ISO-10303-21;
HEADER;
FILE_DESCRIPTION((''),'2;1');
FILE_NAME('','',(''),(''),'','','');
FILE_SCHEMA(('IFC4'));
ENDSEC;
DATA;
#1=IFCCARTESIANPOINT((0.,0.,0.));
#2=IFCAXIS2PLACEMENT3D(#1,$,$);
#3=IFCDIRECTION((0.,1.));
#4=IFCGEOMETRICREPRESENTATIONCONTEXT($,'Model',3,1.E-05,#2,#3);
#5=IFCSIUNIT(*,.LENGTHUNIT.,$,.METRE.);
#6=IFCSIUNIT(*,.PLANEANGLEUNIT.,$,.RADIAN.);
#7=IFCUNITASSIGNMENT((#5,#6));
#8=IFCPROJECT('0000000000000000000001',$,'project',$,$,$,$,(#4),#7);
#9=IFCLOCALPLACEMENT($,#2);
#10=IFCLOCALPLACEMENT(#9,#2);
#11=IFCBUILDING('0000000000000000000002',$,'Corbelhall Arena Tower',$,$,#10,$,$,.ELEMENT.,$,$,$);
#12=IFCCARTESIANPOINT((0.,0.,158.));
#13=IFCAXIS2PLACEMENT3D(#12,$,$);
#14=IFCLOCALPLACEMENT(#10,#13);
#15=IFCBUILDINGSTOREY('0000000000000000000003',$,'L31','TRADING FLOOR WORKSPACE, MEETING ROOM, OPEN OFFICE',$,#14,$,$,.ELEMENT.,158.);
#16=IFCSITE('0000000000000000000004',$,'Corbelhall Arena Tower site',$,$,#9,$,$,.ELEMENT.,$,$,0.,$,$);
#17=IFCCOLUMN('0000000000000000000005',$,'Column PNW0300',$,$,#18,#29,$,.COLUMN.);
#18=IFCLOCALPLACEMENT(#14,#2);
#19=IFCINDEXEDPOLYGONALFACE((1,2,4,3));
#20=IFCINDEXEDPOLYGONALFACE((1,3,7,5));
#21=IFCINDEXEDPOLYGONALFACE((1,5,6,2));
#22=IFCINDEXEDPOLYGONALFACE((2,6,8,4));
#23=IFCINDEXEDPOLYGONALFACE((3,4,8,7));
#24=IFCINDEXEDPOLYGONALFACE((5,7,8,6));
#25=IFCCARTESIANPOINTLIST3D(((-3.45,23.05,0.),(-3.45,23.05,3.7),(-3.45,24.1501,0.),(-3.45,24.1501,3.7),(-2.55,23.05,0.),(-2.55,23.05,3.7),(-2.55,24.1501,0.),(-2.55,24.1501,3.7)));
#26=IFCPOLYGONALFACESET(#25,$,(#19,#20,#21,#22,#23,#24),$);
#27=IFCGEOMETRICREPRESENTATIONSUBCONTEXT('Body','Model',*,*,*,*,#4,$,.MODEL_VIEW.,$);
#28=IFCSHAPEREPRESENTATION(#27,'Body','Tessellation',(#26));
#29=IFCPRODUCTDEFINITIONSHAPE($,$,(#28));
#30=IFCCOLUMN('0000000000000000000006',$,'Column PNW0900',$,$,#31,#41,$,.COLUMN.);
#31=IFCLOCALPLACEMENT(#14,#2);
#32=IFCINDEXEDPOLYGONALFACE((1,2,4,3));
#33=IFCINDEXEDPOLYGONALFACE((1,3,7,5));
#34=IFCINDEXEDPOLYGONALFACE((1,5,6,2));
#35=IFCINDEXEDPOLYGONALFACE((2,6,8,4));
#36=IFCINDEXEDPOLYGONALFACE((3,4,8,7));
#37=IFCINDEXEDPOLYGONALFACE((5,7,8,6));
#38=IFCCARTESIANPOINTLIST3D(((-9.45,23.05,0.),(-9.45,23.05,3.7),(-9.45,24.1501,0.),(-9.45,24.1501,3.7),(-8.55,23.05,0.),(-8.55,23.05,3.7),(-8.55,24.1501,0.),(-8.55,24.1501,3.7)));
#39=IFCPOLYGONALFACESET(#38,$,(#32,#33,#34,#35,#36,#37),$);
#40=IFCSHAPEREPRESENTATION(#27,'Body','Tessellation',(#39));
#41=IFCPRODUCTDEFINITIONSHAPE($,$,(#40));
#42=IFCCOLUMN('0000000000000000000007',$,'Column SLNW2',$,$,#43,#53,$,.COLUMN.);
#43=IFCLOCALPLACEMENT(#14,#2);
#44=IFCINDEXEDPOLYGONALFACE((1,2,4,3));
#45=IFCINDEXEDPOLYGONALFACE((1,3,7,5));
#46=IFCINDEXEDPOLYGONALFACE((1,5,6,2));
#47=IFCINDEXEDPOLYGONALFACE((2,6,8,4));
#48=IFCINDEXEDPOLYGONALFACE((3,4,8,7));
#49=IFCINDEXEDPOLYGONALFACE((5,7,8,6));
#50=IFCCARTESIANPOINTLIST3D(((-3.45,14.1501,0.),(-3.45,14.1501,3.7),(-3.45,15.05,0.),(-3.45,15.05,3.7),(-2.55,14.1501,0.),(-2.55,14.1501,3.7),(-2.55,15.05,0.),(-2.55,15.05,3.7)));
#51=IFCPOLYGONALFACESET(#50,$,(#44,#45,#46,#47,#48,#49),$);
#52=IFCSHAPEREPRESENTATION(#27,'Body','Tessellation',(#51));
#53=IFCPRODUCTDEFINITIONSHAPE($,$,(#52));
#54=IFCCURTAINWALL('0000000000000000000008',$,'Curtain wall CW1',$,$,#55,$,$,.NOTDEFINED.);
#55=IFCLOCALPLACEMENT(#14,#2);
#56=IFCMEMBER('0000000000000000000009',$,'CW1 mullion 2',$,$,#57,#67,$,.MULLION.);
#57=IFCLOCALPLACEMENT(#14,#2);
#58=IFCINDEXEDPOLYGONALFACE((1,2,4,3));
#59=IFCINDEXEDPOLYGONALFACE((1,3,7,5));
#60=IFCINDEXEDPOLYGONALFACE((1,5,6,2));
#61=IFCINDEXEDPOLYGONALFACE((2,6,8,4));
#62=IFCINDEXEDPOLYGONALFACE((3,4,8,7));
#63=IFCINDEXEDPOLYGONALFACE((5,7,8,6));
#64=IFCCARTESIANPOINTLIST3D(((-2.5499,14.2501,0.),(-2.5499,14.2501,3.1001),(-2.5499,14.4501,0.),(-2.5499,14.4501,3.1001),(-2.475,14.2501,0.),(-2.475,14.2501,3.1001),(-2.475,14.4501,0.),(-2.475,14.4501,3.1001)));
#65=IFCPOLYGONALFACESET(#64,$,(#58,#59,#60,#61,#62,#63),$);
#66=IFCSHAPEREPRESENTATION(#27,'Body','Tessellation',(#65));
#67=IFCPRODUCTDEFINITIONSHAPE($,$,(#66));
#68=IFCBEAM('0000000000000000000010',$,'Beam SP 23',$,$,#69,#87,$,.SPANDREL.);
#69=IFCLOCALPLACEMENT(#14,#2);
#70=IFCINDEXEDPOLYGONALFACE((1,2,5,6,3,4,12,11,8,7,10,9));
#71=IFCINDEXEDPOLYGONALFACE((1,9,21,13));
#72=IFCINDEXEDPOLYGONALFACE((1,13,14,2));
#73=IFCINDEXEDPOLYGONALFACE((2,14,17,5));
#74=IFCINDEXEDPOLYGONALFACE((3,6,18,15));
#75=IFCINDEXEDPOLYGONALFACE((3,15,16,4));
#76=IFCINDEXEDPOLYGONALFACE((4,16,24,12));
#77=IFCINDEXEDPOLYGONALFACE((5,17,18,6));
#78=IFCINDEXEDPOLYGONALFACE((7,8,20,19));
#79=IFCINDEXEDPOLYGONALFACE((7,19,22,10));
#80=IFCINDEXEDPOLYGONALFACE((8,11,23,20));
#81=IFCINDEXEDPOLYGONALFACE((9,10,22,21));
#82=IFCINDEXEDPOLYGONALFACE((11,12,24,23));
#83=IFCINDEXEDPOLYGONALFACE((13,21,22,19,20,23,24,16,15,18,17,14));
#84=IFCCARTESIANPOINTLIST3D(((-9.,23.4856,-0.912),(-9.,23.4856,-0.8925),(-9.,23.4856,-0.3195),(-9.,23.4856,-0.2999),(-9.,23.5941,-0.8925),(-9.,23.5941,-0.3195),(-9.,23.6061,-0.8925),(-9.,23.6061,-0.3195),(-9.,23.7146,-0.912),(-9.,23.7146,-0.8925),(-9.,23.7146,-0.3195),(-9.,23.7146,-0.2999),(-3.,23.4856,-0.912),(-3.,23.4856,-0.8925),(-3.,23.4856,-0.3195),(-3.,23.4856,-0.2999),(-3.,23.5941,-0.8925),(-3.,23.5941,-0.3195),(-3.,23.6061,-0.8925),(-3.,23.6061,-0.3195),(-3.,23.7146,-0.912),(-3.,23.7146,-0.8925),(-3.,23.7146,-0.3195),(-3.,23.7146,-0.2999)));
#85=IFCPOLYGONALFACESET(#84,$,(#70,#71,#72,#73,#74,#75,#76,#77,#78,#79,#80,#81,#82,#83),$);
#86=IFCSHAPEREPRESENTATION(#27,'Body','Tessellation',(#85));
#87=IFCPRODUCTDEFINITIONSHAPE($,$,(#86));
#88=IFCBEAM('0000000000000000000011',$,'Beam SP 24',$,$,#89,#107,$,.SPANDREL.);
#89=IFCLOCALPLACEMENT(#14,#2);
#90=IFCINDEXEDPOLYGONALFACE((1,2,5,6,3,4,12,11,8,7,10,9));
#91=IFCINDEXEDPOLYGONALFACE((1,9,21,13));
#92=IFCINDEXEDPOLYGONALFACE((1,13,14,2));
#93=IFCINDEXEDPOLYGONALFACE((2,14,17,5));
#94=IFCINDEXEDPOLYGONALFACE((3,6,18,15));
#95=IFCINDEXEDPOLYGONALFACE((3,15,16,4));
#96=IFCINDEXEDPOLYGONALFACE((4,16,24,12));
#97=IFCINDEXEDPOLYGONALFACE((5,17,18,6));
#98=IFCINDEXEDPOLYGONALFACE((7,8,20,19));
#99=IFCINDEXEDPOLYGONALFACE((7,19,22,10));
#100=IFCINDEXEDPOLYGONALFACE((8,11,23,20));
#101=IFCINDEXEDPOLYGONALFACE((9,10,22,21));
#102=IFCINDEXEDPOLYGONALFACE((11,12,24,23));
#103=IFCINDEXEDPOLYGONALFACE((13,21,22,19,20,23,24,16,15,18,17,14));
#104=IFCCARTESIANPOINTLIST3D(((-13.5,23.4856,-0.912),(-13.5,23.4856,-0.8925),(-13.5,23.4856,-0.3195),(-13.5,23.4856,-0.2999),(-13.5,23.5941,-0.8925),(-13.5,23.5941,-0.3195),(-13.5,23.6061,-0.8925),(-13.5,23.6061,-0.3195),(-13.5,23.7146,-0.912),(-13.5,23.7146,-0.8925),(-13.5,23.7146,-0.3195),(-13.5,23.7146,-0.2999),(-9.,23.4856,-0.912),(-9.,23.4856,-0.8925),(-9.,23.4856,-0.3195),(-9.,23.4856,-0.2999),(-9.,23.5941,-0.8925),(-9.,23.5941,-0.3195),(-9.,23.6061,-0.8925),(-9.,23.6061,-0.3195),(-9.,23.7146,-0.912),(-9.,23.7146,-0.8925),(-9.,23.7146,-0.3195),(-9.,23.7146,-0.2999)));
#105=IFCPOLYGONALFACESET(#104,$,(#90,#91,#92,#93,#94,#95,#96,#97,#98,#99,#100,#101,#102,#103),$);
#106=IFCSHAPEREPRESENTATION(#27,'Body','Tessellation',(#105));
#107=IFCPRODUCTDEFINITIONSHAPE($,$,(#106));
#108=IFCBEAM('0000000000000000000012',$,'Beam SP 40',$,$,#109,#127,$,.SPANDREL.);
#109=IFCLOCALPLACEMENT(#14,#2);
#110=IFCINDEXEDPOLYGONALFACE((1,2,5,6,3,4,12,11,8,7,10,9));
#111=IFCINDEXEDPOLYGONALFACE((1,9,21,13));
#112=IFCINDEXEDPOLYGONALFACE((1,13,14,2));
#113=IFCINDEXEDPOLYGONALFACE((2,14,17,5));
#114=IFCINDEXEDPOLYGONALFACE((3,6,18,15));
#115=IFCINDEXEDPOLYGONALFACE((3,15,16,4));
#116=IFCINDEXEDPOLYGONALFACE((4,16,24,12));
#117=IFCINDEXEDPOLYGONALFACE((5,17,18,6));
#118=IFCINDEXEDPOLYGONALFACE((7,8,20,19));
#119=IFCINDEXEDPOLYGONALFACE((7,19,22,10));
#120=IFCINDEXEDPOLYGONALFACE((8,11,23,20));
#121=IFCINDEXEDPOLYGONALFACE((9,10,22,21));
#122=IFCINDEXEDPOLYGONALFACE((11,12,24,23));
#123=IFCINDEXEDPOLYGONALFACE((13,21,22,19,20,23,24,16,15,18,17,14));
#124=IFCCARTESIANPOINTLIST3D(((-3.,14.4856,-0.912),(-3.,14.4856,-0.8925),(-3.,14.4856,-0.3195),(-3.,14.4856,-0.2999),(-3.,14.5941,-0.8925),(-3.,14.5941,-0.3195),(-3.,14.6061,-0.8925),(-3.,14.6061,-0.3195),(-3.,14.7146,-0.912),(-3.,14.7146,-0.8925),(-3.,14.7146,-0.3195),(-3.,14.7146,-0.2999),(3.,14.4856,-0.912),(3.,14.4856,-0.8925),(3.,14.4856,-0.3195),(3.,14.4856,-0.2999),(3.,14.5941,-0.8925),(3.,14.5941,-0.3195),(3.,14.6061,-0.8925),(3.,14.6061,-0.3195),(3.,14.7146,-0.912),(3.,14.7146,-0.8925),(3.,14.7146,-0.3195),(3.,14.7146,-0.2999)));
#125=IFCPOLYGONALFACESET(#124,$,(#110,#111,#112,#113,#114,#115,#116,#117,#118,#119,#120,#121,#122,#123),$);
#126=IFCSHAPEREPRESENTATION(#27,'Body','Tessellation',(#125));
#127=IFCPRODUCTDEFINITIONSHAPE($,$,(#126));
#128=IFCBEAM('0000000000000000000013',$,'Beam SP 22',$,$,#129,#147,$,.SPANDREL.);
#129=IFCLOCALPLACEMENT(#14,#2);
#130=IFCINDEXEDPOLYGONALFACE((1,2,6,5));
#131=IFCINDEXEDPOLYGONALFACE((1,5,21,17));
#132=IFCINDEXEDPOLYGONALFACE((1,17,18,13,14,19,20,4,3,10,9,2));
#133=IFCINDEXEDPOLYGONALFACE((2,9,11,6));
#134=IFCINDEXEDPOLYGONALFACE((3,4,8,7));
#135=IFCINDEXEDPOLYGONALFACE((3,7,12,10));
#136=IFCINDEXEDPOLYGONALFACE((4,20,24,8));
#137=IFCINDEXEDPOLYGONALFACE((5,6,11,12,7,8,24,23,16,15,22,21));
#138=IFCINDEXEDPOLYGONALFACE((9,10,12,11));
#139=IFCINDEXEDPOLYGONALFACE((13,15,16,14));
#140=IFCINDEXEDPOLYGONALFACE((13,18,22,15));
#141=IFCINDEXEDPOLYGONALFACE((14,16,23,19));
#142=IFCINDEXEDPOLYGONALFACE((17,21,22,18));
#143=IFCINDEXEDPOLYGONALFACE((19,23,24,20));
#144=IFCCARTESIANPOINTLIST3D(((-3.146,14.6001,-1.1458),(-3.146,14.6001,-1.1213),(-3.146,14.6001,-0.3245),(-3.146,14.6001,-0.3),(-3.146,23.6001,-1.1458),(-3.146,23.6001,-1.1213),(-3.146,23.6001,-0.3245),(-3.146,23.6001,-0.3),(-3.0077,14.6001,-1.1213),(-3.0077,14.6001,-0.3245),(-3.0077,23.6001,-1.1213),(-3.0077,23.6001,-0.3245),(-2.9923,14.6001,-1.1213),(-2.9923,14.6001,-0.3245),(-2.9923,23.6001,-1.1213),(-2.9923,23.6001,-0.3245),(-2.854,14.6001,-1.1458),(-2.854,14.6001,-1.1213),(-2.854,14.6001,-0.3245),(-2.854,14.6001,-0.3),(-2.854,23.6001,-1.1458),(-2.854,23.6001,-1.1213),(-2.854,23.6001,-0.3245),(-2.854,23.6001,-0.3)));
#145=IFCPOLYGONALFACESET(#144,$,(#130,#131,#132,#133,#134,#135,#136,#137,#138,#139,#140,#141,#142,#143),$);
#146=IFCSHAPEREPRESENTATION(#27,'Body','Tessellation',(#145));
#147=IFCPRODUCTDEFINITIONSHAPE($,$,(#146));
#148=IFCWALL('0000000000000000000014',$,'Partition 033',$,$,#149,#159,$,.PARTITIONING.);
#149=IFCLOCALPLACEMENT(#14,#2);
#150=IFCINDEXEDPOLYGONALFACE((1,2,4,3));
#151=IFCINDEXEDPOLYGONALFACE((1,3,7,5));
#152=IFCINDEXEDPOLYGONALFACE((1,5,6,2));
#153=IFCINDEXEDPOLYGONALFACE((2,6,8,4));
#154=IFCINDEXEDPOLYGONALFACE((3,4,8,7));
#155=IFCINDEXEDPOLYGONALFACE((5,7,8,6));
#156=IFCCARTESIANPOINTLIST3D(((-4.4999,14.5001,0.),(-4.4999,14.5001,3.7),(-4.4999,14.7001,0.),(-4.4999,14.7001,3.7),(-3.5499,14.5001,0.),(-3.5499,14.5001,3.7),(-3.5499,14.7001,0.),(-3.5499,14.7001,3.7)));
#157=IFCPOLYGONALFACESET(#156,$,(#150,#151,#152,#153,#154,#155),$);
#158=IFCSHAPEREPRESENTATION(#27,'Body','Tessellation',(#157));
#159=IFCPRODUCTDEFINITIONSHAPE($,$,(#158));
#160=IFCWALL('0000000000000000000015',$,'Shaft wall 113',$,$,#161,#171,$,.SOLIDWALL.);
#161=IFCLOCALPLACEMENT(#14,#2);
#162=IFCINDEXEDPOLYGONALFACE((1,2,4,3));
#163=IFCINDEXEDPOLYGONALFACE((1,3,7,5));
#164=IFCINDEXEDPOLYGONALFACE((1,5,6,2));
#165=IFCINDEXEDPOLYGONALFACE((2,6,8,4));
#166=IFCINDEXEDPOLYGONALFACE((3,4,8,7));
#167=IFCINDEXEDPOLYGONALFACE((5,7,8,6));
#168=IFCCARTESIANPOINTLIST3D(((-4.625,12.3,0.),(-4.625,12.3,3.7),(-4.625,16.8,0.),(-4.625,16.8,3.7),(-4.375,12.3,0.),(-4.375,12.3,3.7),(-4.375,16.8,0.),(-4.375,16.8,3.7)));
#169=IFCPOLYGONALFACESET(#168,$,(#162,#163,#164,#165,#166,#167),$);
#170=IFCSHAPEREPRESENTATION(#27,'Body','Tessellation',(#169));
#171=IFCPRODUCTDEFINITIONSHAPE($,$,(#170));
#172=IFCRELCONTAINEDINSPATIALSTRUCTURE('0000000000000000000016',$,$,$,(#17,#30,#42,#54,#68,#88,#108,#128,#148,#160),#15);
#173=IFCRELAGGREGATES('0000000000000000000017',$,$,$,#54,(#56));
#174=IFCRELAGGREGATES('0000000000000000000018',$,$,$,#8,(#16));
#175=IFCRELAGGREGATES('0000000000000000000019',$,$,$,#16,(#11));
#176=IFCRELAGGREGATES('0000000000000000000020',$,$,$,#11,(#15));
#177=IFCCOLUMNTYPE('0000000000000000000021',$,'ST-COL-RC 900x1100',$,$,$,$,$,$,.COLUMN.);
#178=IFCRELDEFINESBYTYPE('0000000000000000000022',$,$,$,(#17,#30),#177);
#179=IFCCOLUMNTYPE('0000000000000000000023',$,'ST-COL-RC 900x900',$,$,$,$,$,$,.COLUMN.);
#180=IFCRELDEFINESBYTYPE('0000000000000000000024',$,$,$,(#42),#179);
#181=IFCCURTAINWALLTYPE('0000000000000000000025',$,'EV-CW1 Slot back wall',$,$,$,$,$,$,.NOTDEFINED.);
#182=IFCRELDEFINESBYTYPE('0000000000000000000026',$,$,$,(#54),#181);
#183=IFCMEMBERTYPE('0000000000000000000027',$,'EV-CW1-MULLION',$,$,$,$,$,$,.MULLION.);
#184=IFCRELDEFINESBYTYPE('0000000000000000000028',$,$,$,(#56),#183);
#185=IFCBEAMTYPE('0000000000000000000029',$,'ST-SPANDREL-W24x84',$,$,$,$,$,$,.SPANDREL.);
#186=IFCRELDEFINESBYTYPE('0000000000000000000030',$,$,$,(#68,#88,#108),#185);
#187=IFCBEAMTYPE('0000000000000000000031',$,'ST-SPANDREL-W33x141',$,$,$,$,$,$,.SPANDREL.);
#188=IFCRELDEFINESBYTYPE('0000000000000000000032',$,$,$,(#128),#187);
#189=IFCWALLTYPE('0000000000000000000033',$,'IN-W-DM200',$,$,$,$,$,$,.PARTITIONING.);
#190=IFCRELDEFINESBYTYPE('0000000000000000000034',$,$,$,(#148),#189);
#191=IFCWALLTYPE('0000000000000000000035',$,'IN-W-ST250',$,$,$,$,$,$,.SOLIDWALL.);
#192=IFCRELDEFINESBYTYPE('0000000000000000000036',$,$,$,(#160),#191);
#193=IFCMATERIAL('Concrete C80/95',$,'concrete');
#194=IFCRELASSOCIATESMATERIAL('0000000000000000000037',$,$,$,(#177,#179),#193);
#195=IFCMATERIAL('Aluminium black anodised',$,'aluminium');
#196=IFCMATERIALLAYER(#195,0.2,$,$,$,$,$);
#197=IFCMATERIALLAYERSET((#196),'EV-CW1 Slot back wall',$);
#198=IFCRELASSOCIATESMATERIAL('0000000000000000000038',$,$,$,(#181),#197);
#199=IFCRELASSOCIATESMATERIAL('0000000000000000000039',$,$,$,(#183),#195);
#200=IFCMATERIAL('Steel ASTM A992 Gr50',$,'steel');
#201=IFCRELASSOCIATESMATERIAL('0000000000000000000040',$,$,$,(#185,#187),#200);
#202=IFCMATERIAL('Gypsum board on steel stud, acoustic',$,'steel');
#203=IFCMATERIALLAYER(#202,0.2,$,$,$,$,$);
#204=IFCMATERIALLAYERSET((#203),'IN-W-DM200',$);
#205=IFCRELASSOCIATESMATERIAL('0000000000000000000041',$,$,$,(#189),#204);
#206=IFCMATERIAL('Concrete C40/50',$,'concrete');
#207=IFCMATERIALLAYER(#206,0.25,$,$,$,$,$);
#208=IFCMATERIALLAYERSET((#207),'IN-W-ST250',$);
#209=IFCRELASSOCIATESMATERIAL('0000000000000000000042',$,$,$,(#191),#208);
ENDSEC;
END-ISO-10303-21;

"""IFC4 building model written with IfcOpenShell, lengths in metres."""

from ifc_helpers import new_model, si_unit, direction, frame, frame_2d, origin, origin_2d, place, context, subcontext, project, spatial, rectangle, i_section, extrude, material, layer, layer_set, material_profile, profile_set, type_object, element, aggregate, save


model = new_model("IFC4")

# Units and contexts
model_context = context("Model", 3, precision=1e-05, world=origin(), true_north=direction((0.0, 1.0)))
body_context = subcontext(model_context, "Body", "Model", "MODEL_VIEW")
ifc_project = project(units=[si_unit("LENGTHUNIT", "METRE"), si_unit("PLANEANGLEUNIT", "RADIAN")], contexts=[model_context])

# Site, building, storey
site_placement = place(None, origin())
site = spatial("IfcSite", under=ifc_project, at=site_placement, Name="Corbelhall Arena Tower site", CompositionType="ELEMENT", RefElevation=0.0)
building_placement = place(site_placement, origin())
building = spatial("IfcBuilding", under=site, at=building_placement, Name="Corbelhall Arena Tower", CompositionType="ELEMENT")
storey_placement = place(building_placement, frame((0.0, 0.0, 158.0)))
storey = spatial("IfcBuildingStorey", under=building, at=storey_placement, Name="L31", Description="TRADING FLOOR WORKSPACE, MEETING ROOM, OPEN OFFICE", CompositionType="ELEMENT", Elevation=158.0)

# Columns
ifc_material_1 = material(Name="Concrete C80/95", Category="concrete")
ifc_material_profile_1 = material_profile(ifc_material_1, rectangle(XDim=0.8999, YDim=1.1001, at=origin_2d()))
ifc_profile_set_1 = profile_set([ifc_material_profile_1], Name="Concrete C80/95")
column_type_1 = type_object("IfcColumnType", Name="ST-COL-RC 900x1100", PredefinedType="COLUMN", material=ifc_profile_set_1)
for number, where, z_axis, x_axis, name in (
    (1, (-3.0, 23.6001, 0.0), (0.0, 0.0, 1.0), (1.0, 0.0, 0.0), "Column PNW0300"),
    (2, (-9.0, 23.6001, 0.0), (0.0, 0.0, 1.0), (1.0, 0.0, 0.0), "Column PNW0900"),
):
    element("IfcColumn", number, at=place(storey_placement, frame(where, z_axis=z_axis, x_axis=x_axis)), inside=storey, type_object=column_type_1, Name=name, PredefinedType="COLUMN", context=body_context, shape_type="SweptSolid", body=[
        extrude(rectangle(XDim=0.8999, YDim=1.1001, at=origin_2d()), origin(), (0.0, 0.0, 1.0), 3.7),
    ])
ifc_material_profile_2 = material_profile(ifc_material_1, rectangle(XDim=0.8999, YDim=0.8999, at=origin_2d()))
ifc_profile_set_2 = profile_set([ifc_material_profile_2], Name="Concrete C80/95")
column_type_2 = type_object("IfcColumnType", Name="ST-COL-RC 900x900", PredefinedType="COLUMN", material=ifc_profile_set_2)
column_placement = place(storey_placement, frame((-3.0, 14.6001, 0.0), z_axis=(0.0, 0.0, 1.0), x_axis=(1.0, 0.0, 0.0)))
element("IfcColumn", 3, at=column_placement, inside=storey, type_object=column_type_2, Name="Column SLNW2", PredefinedType="COLUMN", context=body_context, shape_type="SweptSolid", body=[
    extrude(rectangle(XDim=0.8999, YDim=0.8999, at=origin_2d()), origin(), (0.0, 0.0, 1.0), 3.7),
])

# Curtain wall, member
ifc_material_2 = material(Name="Aluminium black anodised", Category="aluminium")
ifc_layer_1 = layer(ifc_material_2, 0.2)
ifc_layer_set_1 = layer_set([ifc_layer_1], Name="EV-CW1 Slot back wall")
curtain_wall_type = type_object("IfcCurtainWallType", Name="EV-CW1 Slot back wall", PredefinedType="NOTDEFINED", material=ifc_layer_set_1)
curtain_wall_placement = place(storey_placement, origin())
curtain_wall = element("IfcCurtainWall", 4, at=curtain_wall_placement, inside=storey, type_object=curtain_wall_type, Name="Curtain wall CW1", PredefinedType="NOTDEFINED")
ifc_material_profile_3 = material_profile(ifc_material_2, rectangle(XDim=0.2, YDim=0.075, at=origin_2d()))
ifc_profile_set_3 = profile_set([ifc_material_profile_3], Name="Aluminium black anodised")
member_type = type_object("IfcMemberType", Name="EV-CW1-MULLION", PredefinedType="MULLION", material=ifc_profile_set_3)
member_placement = place(storey_placement, frame((-2.5125, 14.3501, 0.0), z_axis=(0.0, 0.0, 1.0), x_axis=(0.0, -1.0, 0.0)))
member = element("IfcMember", 5, at=member_placement, type_object=member_type, Name="CW1 mullion 2", PredefinedType="MULLION", context=body_context, shape_type="SweptSolid", body=[
    extrude(rectangle(XDim=0.2, YDim=0.075, at=origin_2d()), origin(), (0.0, 0.0, 1.0), 3.1001),
])
aggregate(curtain_wall, [member])

# Beams
ifc_material_3 = material(Name="Steel ASTM A992 Gr50", Category="steel")
ifc_material_profile_4 = material_profile(ifc_material_3, i_section(OverallWidth=0.229, OverallDepth=0.6121, WebThickness=0.012, FlangeThickness=0.0195, at=origin_2d()))
ifc_profile_set_4 = profile_set([ifc_material_profile_4], Name="Steel ASTM A992 Gr50")
beam_type_1 = type_object("IfcBeamType", Name="ST-SPANDREL-W24x84", PredefinedType="SPANDREL", material=ifc_profile_set_4)
beam_1_placement = place(storey_placement, frame((-9.0, 23.6001, -0.606), z_axis=(1.0, 0.0, 0.0), x_axis=(0.0, 1.0, 0.0)))
element("IfcBeam", 6, at=beam_1_placement, inside=storey, type_object=beam_type_1, Name="Beam SP 23", PredefinedType="SPANDREL", context=body_context, shape_type="SweptSolid", body=[
    extrude(i_section(OverallWidth=0.229, OverallDepth=0.6121, WebThickness=0.012, FlangeThickness=0.0195, at=origin_2d()), origin(), (0.0, 0.0, 1.0), 6.0),
])
beam_2_placement = place(storey_placement, frame((-13.5, 23.6001, -0.606), z_axis=(1.0, 0.0, 0.0), x_axis=(0.0, 1.0, 0.0)))
element("IfcBeam", 7, at=beam_2_placement, inside=storey, type_object=beam_type_1, Name="Beam SP 24", PredefinedType="SPANDREL", context=body_context, shape_type="SweptSolid", body=[
    extrude(i_section(OverallWidth=0.229, OverallDepth=0.6121, WebThickness=0.012, FlangeThickness=0.0195, at=origin_2d()), origin(), (0.0, 0.0, 1.0), 4.5),
])
beam_3_placement = place(storey_placement, frame((-3.0, 14.6001, -0.606), z_axis=(1.0, 0.0, 0.0), x_axis=(0.0, 1.0, 0.0)))
element("IfcBeam", 8, at=beam_3_placement, inside=storey, type_object=beam_type_1, Name="Beam SP 40", PredefinedType="SPANDREL", context=body_context, shape_type="SweptSolid", body=[
    extrude(i_section(OverallWidth=0.229, OverallDepth=0.6121, WebThickness=0.012, FlangeThickness=0.0195, at=origin_2d()), origin(), (0.0, 0.0, 1.0), 6.0),
])
ifc_material_profile_5 = material_profile(ifc_material_3, i_section(OverallWidth=0.292, OverallDepth=0.8457, WebThickness=0.0154, FlangeThickness=0.0244, at=origin_2d()))
ifc_profile_set_5 = profile_set([ifc_material_profile_5], Name="Steel ASTM A992 Gr50")
beam_type_2 = type_object("IfcBeamType", Name="ST-SPANDREL-W33x141", PredefinedType="SPANDREL", material=ifc_profile_set_5)
beam_4_placement = place(storey_placement, frame((-3.0, 23.6001, -0.7229), z_axis=(0.0, -1.0, 0.0), x_axis=(1.0, 0.0, 0.0)))
element("IfcBeam", 9, at=beam_4_placement, inside=storey, type_object=beam_type_2, Name="Beam SP 22", PredefinedType="SPANDREL", context=body_context, shape_type="SweptSolid", body=[
    extrude(i_section(OverallWidth=0.292, OverallDepth=0.8457, WebThickness=0.0154, FlangeThickness=0.0244, at=origin_2d()), origin(), (0.0, 0.0, 1.0), 9.0),
])

# Walls
ifc_material_4 = material(Name="Gypsum board on steel stud, acoustic", Category="steel")
ifc_layer_2 = layer(ifc_material_4, 0.2)
ifc_layer_set_2 = layer_set([ifc_layer_2], Name="IN-W-DM200")
wall_type_1 = type_object("IfcWallType", Name="IN-W-DM200", PredefinedType="PARTITIONING", material=ifc_layer_set_2)
wall_1_placement = place(storey_placement, frame((-4.5, 14.6001, 0.0), z_axis=(0.0, 0.0, 1.0), x_axis=(1.0, 0.0, 0.0)))
element("IfcWall", 10, at=wall_1_placement, inside=storey, type_object=wall_type_1, Name="Partition 033", PredefinedType="PARTITIONING", context=body_context, shape_type="SweptSolid", body=[
    extrude(rectangle(XDim=0.95, YDim=0.2, at=frame_2d((0.4751, 0.0))), origin(), (0.0, 0.0, 1.0), 3.7),
])
ifc_material_5 = material(Name="Concrete C40/50", Category="concrete")
ifc_layer_3 = layer(ifc_material_5, 0.25)
ifc_layer_set_3 = layer_set([ifc_layer_3], Name="IN-W-ST250")
wall_type_2 = type_object("IfcWallType", Name="IN-W-ST250", PredefinedType="SOLIDWALL", material=ifc_layer_set_3)
wall_2_placement = place(storey_placement, frame((-4.5, 16.8, 0.0), z_axis=(0.0, 0.0, 1.0), x_axis=(0.0, -1.0, 0.0)))
element("IfcWall", 11, at=wall_2_placement, inside=storey, type_object=wall_type_2, Name="Shaft wall 113", PredefinedType="SOLIDWALL", context=body_context, shape_type="SweptSolid", body=[
    extrude(rectangle(XDim=4.5, YDim=0.25, at=frame_2d((2.25, 0.0))), origin(), (0.0, 0.0, 1.0), 3.7),
])

save(model, "model.ifc")
